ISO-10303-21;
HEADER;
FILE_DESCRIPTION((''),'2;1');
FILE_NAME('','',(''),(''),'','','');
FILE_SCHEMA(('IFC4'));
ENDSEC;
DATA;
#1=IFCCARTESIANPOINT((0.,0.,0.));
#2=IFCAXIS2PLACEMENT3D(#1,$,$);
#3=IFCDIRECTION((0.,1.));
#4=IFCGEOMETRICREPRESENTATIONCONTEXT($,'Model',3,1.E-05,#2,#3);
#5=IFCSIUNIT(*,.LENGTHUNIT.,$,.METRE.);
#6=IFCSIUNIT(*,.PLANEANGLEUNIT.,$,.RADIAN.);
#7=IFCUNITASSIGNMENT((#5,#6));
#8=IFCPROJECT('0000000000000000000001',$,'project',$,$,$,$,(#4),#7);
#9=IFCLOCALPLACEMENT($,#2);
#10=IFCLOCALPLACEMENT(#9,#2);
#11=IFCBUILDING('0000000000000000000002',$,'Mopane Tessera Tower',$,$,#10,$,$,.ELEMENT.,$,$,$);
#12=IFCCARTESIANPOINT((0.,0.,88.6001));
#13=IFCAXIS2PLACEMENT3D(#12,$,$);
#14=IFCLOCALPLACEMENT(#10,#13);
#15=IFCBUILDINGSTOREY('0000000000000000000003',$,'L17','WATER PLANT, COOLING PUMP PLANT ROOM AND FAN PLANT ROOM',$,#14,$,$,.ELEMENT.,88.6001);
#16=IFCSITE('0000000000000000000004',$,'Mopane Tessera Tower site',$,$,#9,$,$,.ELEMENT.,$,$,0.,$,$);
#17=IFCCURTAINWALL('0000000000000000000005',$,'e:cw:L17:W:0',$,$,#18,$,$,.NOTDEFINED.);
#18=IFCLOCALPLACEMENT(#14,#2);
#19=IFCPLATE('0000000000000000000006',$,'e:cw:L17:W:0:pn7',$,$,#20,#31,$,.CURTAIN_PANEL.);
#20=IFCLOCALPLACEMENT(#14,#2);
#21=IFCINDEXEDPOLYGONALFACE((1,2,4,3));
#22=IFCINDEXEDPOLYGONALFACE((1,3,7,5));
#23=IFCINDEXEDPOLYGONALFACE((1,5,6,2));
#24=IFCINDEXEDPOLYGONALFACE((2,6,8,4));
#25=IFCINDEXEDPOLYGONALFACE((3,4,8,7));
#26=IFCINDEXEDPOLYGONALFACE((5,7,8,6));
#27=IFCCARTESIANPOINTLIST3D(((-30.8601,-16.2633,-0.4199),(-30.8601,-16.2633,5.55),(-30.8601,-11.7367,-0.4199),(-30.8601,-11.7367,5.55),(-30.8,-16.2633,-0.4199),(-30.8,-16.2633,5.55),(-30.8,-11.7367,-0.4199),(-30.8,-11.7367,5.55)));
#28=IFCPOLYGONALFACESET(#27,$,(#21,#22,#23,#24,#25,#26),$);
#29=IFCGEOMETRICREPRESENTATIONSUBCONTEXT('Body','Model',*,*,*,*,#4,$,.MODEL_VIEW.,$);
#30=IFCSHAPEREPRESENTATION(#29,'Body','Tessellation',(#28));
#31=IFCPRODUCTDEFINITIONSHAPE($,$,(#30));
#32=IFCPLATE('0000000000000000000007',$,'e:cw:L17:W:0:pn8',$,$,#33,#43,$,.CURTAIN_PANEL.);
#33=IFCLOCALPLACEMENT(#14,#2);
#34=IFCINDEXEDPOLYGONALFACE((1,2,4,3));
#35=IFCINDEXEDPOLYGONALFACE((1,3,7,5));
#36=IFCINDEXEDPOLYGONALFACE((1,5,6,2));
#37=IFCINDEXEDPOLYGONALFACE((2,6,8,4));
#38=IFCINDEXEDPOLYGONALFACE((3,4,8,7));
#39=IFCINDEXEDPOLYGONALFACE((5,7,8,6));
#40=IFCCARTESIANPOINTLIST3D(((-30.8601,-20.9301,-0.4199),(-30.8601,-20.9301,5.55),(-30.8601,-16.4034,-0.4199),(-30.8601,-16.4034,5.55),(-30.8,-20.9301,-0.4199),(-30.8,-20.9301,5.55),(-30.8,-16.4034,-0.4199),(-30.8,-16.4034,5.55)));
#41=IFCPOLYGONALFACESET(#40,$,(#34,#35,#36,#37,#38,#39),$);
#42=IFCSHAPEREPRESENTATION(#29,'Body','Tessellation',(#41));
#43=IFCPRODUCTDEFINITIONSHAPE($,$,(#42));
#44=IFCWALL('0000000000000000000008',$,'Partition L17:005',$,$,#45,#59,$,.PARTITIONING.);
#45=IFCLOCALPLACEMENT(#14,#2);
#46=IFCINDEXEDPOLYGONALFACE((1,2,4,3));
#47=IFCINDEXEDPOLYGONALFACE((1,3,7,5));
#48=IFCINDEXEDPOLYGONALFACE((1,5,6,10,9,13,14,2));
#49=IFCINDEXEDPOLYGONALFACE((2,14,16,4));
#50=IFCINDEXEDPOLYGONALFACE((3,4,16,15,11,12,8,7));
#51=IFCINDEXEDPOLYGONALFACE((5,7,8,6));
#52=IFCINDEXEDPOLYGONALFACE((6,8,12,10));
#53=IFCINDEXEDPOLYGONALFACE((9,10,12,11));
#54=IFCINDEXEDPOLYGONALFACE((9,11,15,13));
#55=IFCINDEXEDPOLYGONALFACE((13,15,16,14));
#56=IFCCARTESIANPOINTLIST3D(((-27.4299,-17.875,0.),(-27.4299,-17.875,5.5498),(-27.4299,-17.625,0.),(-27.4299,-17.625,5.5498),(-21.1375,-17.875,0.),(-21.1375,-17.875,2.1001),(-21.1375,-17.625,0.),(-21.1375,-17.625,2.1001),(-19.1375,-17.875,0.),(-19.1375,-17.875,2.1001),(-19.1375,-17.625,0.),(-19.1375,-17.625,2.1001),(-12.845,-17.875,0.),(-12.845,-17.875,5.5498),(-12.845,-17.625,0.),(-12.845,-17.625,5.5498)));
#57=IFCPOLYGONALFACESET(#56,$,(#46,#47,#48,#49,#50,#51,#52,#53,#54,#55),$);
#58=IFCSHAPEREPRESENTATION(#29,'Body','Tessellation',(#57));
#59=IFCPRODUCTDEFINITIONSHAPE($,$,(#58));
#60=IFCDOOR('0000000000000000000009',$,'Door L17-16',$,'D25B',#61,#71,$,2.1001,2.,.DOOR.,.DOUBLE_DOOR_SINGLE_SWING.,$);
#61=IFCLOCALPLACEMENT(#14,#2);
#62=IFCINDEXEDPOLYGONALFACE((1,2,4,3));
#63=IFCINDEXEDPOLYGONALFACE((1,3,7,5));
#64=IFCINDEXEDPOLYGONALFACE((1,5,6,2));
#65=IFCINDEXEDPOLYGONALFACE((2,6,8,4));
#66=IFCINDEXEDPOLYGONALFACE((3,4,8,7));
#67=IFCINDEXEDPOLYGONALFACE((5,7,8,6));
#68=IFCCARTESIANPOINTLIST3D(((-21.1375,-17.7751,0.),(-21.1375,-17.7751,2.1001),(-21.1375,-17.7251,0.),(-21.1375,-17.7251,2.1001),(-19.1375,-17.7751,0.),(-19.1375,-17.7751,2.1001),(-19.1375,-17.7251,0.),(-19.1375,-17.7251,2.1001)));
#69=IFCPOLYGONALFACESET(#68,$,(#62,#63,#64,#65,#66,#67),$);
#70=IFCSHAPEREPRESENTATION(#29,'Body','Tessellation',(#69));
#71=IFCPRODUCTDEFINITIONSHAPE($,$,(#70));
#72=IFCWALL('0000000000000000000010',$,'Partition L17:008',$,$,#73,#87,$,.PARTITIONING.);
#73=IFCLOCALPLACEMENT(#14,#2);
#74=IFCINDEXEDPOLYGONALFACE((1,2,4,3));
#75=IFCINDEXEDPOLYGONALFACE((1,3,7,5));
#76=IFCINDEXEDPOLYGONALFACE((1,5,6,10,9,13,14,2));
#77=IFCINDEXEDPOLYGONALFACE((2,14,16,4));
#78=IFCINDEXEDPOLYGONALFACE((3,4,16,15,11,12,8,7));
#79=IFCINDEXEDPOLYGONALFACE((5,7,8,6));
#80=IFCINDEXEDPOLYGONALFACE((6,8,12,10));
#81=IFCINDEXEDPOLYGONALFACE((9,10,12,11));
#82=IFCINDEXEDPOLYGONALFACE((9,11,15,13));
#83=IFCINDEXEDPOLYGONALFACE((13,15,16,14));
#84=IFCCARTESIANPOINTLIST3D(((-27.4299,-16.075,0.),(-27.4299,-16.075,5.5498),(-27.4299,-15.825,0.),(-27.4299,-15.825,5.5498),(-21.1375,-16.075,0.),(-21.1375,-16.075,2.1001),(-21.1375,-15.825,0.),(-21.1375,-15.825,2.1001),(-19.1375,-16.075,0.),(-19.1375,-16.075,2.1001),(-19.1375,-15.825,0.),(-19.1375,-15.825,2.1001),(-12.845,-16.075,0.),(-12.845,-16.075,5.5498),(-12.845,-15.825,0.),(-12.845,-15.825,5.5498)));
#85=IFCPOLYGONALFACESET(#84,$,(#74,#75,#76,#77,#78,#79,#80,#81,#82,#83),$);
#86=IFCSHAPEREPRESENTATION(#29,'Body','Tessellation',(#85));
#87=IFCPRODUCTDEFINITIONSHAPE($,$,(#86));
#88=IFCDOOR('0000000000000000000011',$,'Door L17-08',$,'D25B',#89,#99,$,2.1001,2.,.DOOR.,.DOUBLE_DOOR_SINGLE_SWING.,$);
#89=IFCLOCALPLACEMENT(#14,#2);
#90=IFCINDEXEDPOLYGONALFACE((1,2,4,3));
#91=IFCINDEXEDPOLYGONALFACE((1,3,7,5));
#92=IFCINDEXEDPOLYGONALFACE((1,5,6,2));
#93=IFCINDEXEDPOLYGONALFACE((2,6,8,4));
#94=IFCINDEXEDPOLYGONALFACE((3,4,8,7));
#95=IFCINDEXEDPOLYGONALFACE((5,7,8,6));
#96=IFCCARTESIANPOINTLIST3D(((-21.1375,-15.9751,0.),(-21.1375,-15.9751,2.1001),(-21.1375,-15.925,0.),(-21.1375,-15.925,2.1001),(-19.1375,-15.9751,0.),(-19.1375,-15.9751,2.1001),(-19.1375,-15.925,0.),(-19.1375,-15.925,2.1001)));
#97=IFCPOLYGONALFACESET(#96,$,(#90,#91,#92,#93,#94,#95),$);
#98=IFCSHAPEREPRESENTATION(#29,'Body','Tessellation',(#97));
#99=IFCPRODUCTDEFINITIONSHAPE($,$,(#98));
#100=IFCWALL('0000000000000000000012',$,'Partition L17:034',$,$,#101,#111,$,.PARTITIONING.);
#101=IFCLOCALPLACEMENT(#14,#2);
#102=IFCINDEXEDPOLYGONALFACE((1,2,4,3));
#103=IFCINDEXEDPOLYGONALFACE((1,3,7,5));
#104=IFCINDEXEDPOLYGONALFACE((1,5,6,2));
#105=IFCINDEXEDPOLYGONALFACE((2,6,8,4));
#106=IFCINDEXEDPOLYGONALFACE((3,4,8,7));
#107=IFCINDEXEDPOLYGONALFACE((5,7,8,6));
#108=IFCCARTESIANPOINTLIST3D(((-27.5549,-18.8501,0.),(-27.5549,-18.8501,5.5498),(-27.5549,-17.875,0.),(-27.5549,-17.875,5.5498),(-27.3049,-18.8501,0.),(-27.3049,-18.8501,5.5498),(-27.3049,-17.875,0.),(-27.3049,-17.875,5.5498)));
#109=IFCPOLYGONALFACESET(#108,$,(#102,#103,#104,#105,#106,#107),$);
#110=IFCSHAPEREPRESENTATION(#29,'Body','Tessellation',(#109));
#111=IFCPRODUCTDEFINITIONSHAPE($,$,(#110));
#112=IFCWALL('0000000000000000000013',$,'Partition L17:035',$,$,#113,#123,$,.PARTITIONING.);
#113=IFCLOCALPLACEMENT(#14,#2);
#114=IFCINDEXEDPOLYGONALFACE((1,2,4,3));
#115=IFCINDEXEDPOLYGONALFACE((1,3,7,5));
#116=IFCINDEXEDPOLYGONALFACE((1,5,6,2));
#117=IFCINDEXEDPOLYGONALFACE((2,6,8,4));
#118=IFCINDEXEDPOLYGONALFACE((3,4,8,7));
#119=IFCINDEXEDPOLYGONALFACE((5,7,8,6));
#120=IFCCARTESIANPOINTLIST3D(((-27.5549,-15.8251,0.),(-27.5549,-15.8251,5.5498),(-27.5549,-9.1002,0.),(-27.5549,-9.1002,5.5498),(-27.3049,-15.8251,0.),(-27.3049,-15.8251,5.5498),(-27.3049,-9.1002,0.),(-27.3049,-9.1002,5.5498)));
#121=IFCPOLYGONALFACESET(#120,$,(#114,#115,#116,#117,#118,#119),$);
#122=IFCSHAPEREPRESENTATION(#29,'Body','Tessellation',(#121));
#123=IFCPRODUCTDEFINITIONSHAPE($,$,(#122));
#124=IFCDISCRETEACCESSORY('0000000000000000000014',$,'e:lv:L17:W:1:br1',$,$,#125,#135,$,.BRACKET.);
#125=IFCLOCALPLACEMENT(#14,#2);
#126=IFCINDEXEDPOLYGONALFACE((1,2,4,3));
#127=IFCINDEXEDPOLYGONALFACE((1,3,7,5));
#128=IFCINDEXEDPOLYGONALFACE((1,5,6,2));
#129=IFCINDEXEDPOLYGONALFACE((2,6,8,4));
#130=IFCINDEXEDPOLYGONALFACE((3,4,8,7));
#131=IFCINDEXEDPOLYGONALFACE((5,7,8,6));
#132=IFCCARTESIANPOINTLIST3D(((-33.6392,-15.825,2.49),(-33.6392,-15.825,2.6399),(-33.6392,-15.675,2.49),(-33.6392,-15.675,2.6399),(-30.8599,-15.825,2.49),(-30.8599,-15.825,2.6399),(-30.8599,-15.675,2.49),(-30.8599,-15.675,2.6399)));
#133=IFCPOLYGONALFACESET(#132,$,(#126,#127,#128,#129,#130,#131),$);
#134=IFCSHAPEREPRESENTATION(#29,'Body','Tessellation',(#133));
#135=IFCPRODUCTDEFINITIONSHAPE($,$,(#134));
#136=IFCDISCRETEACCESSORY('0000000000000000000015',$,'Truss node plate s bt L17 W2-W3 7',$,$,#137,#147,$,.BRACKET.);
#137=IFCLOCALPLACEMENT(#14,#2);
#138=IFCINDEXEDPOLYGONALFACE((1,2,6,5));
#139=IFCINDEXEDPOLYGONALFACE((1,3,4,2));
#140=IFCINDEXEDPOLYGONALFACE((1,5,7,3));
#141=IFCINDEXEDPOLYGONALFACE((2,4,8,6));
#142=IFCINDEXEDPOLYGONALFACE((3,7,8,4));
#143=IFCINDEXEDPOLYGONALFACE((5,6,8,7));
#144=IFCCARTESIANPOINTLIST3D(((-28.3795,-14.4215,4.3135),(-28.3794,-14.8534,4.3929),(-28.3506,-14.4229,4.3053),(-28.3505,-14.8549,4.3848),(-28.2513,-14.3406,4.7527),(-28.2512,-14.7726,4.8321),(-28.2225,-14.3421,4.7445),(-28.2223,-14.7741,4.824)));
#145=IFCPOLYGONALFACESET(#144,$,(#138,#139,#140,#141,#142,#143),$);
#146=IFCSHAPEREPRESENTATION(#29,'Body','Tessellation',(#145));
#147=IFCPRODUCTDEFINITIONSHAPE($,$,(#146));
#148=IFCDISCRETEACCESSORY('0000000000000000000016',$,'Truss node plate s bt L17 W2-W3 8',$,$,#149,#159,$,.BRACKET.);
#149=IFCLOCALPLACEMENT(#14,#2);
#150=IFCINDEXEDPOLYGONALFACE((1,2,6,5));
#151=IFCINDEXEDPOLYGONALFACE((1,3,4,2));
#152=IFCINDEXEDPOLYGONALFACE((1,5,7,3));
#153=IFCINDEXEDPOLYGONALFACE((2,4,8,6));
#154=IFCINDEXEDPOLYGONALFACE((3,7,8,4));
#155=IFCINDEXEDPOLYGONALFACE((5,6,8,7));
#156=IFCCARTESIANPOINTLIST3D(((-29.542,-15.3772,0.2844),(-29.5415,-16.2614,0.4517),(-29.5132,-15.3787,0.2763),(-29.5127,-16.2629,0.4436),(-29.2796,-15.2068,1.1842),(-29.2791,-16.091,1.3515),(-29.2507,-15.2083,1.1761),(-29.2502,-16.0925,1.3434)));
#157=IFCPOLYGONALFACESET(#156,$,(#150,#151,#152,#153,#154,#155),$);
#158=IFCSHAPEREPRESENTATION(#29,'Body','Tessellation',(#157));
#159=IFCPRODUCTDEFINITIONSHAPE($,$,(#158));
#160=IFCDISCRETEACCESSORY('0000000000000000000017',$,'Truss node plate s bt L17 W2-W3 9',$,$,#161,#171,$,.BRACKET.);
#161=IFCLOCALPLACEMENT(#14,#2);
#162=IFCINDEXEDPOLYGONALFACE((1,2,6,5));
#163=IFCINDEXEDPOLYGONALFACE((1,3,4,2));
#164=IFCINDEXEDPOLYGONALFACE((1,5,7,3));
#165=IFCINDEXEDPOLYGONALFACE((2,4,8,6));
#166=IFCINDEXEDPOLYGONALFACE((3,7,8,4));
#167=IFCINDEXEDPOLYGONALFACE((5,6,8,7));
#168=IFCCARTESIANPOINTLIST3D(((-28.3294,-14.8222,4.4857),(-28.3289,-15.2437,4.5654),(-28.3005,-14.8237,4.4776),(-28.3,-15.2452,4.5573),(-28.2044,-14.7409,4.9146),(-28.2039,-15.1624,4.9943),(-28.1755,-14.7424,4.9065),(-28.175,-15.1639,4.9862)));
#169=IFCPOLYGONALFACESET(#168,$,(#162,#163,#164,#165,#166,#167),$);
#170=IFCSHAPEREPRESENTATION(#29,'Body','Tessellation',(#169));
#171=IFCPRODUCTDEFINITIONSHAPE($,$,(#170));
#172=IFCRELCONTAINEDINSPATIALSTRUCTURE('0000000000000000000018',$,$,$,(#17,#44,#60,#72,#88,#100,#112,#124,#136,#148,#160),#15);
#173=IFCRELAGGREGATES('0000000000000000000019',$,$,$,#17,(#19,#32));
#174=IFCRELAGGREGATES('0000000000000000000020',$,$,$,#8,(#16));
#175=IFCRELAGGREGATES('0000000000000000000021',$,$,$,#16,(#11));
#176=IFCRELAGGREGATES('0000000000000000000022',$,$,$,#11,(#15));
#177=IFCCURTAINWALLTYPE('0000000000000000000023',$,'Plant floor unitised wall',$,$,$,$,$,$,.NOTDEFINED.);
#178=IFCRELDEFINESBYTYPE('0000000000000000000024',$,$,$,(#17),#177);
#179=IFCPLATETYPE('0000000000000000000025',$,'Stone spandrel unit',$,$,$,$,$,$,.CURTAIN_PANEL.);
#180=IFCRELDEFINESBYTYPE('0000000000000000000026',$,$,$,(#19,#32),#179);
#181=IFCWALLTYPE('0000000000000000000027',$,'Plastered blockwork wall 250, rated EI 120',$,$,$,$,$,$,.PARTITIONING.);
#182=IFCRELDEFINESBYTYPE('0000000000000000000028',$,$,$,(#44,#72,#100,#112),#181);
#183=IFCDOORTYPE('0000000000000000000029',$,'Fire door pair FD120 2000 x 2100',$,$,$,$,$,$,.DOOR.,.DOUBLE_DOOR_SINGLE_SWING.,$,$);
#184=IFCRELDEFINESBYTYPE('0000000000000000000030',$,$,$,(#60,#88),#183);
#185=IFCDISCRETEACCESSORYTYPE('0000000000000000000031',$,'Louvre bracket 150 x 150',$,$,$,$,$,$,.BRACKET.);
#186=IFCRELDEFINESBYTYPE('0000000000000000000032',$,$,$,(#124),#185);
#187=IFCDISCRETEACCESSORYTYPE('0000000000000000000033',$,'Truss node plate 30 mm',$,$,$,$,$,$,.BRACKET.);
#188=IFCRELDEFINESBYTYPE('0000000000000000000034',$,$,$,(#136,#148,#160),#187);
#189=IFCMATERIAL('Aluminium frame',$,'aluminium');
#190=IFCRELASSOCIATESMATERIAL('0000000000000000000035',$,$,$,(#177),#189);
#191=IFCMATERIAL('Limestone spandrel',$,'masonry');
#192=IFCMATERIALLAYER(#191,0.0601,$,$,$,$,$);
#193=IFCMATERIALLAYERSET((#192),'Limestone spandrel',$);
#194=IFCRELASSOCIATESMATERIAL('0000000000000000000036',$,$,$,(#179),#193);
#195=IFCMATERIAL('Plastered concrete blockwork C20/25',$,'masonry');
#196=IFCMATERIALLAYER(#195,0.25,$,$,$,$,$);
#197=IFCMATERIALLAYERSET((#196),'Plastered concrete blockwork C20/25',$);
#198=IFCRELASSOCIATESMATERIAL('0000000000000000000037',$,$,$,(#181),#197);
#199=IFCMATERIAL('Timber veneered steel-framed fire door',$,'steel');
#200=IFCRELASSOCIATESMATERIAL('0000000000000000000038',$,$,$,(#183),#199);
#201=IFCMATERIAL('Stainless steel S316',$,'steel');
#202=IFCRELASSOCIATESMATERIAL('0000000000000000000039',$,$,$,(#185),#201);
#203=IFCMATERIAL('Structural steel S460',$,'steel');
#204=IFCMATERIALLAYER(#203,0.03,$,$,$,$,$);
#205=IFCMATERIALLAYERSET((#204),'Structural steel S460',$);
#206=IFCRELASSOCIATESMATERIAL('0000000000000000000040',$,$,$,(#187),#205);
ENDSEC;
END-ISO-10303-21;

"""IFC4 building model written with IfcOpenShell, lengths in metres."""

from ifc_helpers import new_model, si_unit, direction, frame, frame_2d, origin, origin_2d, place, context, subcontext, project, spatial, rectangle, extrude, material, layer, layer_set, type_object, element, fill, aggregate, save


model = new_model("IFC4")

# Units and contexts
model_context = context("Model", 3, precision=1e-05, world=origin(), true_north=direction((0.0, 1.0)))
body_context = subcontext(model_context, "Body", "Model", "MODEL_VIEW")
ifc_project = project(units=[si_unit("LENGTHUNIT", "METRE"), si_unit("PLANEANGLEUNIT", "RADIAN")], contexts=[model_context])

# Site, building, storey
site_placement = place(None, origin())
site = spatial("IfcSite", under=ifc_project, at=site_placement, Name="Mopane Tessera Tower site", CompositionType="ELEMENT", RefElevation=0.0)
building_placement = place(site_placement, origin())
building = spatial("IfcBuilding", under=site, at=building_placement, Name="Mopane Tessera Tower", CompositionType="ELEMENT")
storey_placement = place(building_placement, frame((0.0, 0.0, 88.6001)))
storey = spatial("IfcBuildingStorey", under=building, at=storey_placement, Name="L17", Description="WATER PLANT, COOLING PUMP PLANT ROOM AND FAN PLANT ROOM", CompositionType="ELEMENT", Elevation=88.6001)

# Curtain wall
ifc_material_1 = material(Name="Aluminium frame", Category="aluminium")
curtain_wall_type = type_object("IfcCurtainWallType", Name="Plant floor unitised wall", PredefinedType="NOTDEFINED", material=ifc_material_1)
curtain_wall_placement = place(storey_placement, origin())
curtain_wall = element("IfcCurtainWall", 1, at=curtain_wall_placement, inside=storey, type_object=curtain_wall_type, Name="e:cw:L17:W:0", PredefinedType="NOTDEFINED")

# Plates
ifc_material_2 = material(Name="Limestone spandrel", Category="masonry")
ifc_layer_1 = layer(ifc_material_2, 0.0601)
ifc_layer_set_1 = layer_set([ifc_layer_1], Name="Limestone spandrel")
plate_type = type_object("IfcPlateType", Name="Stone spandrel unit", PredefinedType="CURTAIN_PANEL", material=ifc_layer_set_1)
plate_1_placement = place(storey_placement, frame((-30.8301, -14.0, -0.4199), z_axis=(0.0, 0.0, 1.0), x_axis=(0.0, -1.0, 0.0)))
plate_1 = element("IfcPlate", 2, at=plate_1_placement, type_object=plate_type, Name="e:cw:L17:W:0:pn7", PredefinedType="CURTAIN_PANEL", context=body_context, shape_type="SweptSolid", body=[
    extrude(rectangle(XDim=4.5266, YDim=0.0601, at=origin_2d()), origin(), (0.0, 0.0, 1.0), 5.97),
])
plate_2_placement = place(storey_placement, frame((-30.8301, -18.6667, -0.4199), z_axis=(0.0, 0.0, 1.0), x_axis=(0.0, -1.0, 0.0)))
plate_2 = element("IfcPlate", 3, at=plate_2_placement, type_object=plate_type, Name="e:cw:L17:W:0:pn8", PredefinedType="CURTAIN_PANEL", context=body_context, shape_type="SweptSolid", body=[
    extrude(rectangle(XDim=4.5266, YDim=0.0601, at=origin_2d()), origin(), (0.0, 0.0, 1.0), 5.97),
])
aggregate(curtain_wall, [plate_1, plate_2])

# Walls, openings, doors
ifc_material_3 = material(Name="Plastered concrete blockwork C20/25", Category="masonry")
ifc_layer_2 = layer(ifc_material_3, 0.25)
ifc_layer_set_2 = layer_set([ifc_layer_2], Name="Plastered concrete blockwork C20/25")
wall_type = type_object("IfcWallType", Name="Plastered blockwork wall 250, rated EI 120", PredefinedType="PARTITIONING", material=ifc_layer_set_2)
wall_1_placement = place(storey_placement, frame((-27.4299, -17.75, 0.0), z_axis=(0.0, 0.0, 1.0), x_axis=(1.0, 0.0, 0.0)))
wall_1 = element("IfcWall", 4, at=wall_1_placement, inside=storey, type_object=wall_type, Name="Partition L17:005", PredefinedType="PARTITIONING", context=body_context, shape_type="SweptSolid", body=[
    extrude(rectangle(XDim=14.585, YDim=0.25, at=frame_2d((7.2925, 0.0))), origin(), (0.0, 0.0, 1.0), 5.5498),
])
opening_1_placement = place(wall_1_placement, frame((6.2925, 0.0, 0.0)))
opening_1 = element("IfcOpeningElement", 5, at=opening_1_placement, cuts=wall_1, PredefinedType="OPENING", context=body_context, shape_type="SweptSolid", body=[
    extrude(rectangle(XDim=2.0, YDim=2.1001, at=frame_2d((1.0, 1.05))), frame((0.0, 0.137, 0.0), z_axis=(0.0, -1.0, 0.0), x_axis=(1.0, 0.0, 0.0)), (0.0, 0.0, 1.0), 0.2739),
])
ifc_material_4 = material(Name="Timber veneered steel-framed fire door", Category="steel")
door_type = type_object("IfcDoorType", Name="Fire door pair FD120 2000 x 2100", OperationType="DOUBLE_DOOR_SINGLE_SWING", PredefinedType="DOOR", material=ifc_material_4)
door_1_placement = place(opening_1_placement, origin())
door_1 = element("IfcDoor", 6, at=door_1_placement, inside=storey, type_object=door_type, Name="Door L17-16", ObjectType="D25B", OperationType="DOUBLE_DOOR_SINGLE_SWING", OverallHeight=2.1001, OverallWidth=2.0, PredefinedType="DOOR", context=body_context, shape_type="SweptSolid", body=[
    extrude(rectangle(XDim=2.0, YDim=2.1001, at=frame_2d((1.0, 1.05))), frame((0.0, 0.0249, 0.0), z_axis=(0.0, -1.0, 0.0), x_axis=(1.0, 0.0, 0.0)), (0.0, 0.0, 1.0), 0.05),
])
fill(opening_1, door_1)
wall_2_placement = place(storey_placement, frame((-27.4299, -15.95, 0.0), z_axis=(0.0, 0.0, 1.0), x_axis=(1.0, 0.0, 0.0)))
wall_2 = element("IfcWall", 7, at=wall_2_placement, inside=storey, type_object=wall_type, Name="Partition L17:008", PredefinedType="PARTITIONING", context=body_context, shape_type="SweptSolid", body=[
    extrude(rectangle(XDim=14.585, YDim=0.25, at=frame_2d((7.2925, 0.0))), origin(), (0.0, 0.0, 1.0), 5.5498),
])
opening_2_placement = place(wall_2_placement, frame((6.2925, 0.0, 0.0)))
opening_2 = element("IfcOpeningElement", 8, at=opening_2_placement, cuts=wall_2, PredefinedType="OPENING", context=body_context, shape_type="SweptSolid", body=[
    extrude(rectangle(XDim=2.0, YDim=2.1001, at=frame_2d((1.0, 1.05))), frame((0.0, 0.137, 0.0), z_axis=(0.0, -1.0, 0.0), x_axis=(1.0, 0.0, 0.0)), (0.0, 0.0, 1.0), 0.2739),
])
door_2_placement = place(opening_2_placement, origin())
door_2 = element("IfcDoor", 9, at=door_2_placement, inside=storey, type_object=door_type, Name="Door L17-08", ObjectType="D25B", OperationType="DOUBLE_DOOR_SINGLE_SWING", OverallHeight=2.1001, OverallWidth=2.0, PredefinedType="DOOR", context=body_context, shape_type="SweptSolid", body=[
    extrude(rectangle(XDim=2.0, YDim=2.1001, at=frame_2d((1.0, 1.05))), frame((0.0, 0.0249, 0.0), z_axis=(0.0, -1.0, 0.0), x_axis=(1.0, 0.0, 0.0)), (0.0, 0.0, 1.0), 0.05),
])
fill(opening_2, door_2)

# Walls
wall_3_placement = place(storey_placement, frame((-27.4299, -18.8501, 0.0), z_axis=(0.0, 0.0, 1.0), x_axis=(0.0, 1.0, 0.0)))
element("IfcWall", 10, at=wall_3_placement, inside=storey, type_object=wall_type, Name="Partition L17:034", PredefinedType="PARTITIONING", context=body_context, shape_type="SweptSolid", body=[
    extrude(rectangle(XDim=0.9751, YDim=0.25, at=frame_2d((0.4875, 0.0))), origin(), (0.0, 0.0, 1.0), 5.5498),
])
wall_4_placement = place(storey_placement, frame((-27.4299, -15.825, 0.0), z_axis=(0.0, 0.0, 1.0), x_axis=(0.0, 1.0, 0.0)))
element("IfcWall", 11, at=wall_4_placement, inside=storey, type_object=wall_type, Name="Partition L17:035", PredefinedType="PARTITIONING", context=body_context, shape_type="SweptSolid", body=[
    extrude(rectangle(XDim=6.7249, YDim=0.25, at=frame_2d((3.3623, 0.0))), origin(), (0.0, 0.0, 1.0), 5.5498),
])

# Discrete accessories
ifc_material_5 = material(Name="Stainless steel S316", Category="steel")
discrete_accessory_type_1 = type_object("IfcDiscreteAccessoryType", Name="Louvre bracket 150 x 150", PredefinedType="BRACKET", material=ifc_material_5)
discrete_accessory_1_placement = place(storey_placement, frame((-32.2495, -15.75, 2.49), z_axis=(0.0, 0.0, 1.0), x_axis=(-1.0, 0.0, 0.0)))
element("IfcDiscreteAccessory", 12, at=discrete_accessory_1_placement, inside=storey, type_object=discrete_accessory_type_1, Name="e:lv:L17:W:1:br1", PredefinedType="BRACKET", context=body_context, shape_type="SweptSolid", body=[
    extrude(rectangle(XDim=2.7793, YDim=0.1499, at=origin_2d()), origin(), (0.0, 0.0, 1.0), 0.1499),
])
ifc_material_6 = material(Name="Structural steel S460", Category="steel")
ifc_layer_3 = layer(ifc_material_6, 0.03)
ifc_layer_set_3 = layer_set([ifc_layer_3], Name="Structural steel S460")
discrete_accessory_type_2 = type_object("IfcDiscreteAccessoryType", Name="Truss node plate 30 mm", PredefinedType="BRACKET", material=ifc_layer_set_3)
discrete_accessory_2_placement = place(storey_placement, frame((-28.365, -14.6382, 4.3491), z_axis=(0.275873, 0.173932, 0.945326), x_axis=(0.961194, -0.049613, -0.271376)))
element("IfcDiscreteAccessory", 13, at=discrete_accessory_2_placement, inside=storey, type_object=discrete_accessory_type_2, Name="Truss node plate s bt L17 W2-W3 7", PredefinedType="BRACKET", context=body_context, shape_type="SweptSolid", body=[
    extrude(rectangle(XDim=0.03, YDim=0.4392, at=origin_2d()), origin(), (0.0, 0.0, 1.0), 0.4646),
])
discrete_accessory_3_placement = place(storey_placement, frame((-29.5273, -15.8201, 0.364), z_axis=(0.275465, 0.17886, 0.944525), x_axis=(0.961311, -0.050689, -0.270762)))
element("IfcDiscreteAccessory", 14, at=discrete_accessory_3_placement, inside=storey, type_object=discrete_accessory_type_2, Name="Truss node plate s bt L17 W2-W3 8", PredefinedType="BRACKET", context=body_context, shape_type="SweptSolid", body=[
    extrude(rectangle(XDim=0.03, YDim=0.8999, at=origin_2d()), origin(), (0.0, 0.0, 1.0), 0.9526),
])
discrete_accessory_4_placement = place(storey_placement, frame((-28.3147, -15.0337, 4.5215), z_axis=(0.27525, 0.17902, 0.944558), x_axis=(0.961372, -0.049939, -0.270685)))
element("IfcDiscreteAccessory", 15, at=discrete_accessory_4_placement, inside=storey, type_object=discrete_accessory_type_2, Name="Truss node plate s bt L17 W2-W3 9", PredefinedType="BRACKET", context=body_context, shape_type="SweptSolid", body=[
    extrude(rectangle(XDim=0.03, YDim=0.429, at=origin_2d()), origin(), (0.0, 0.0, 1.0), 0.4541),
])

save(model, "model.ifc")
